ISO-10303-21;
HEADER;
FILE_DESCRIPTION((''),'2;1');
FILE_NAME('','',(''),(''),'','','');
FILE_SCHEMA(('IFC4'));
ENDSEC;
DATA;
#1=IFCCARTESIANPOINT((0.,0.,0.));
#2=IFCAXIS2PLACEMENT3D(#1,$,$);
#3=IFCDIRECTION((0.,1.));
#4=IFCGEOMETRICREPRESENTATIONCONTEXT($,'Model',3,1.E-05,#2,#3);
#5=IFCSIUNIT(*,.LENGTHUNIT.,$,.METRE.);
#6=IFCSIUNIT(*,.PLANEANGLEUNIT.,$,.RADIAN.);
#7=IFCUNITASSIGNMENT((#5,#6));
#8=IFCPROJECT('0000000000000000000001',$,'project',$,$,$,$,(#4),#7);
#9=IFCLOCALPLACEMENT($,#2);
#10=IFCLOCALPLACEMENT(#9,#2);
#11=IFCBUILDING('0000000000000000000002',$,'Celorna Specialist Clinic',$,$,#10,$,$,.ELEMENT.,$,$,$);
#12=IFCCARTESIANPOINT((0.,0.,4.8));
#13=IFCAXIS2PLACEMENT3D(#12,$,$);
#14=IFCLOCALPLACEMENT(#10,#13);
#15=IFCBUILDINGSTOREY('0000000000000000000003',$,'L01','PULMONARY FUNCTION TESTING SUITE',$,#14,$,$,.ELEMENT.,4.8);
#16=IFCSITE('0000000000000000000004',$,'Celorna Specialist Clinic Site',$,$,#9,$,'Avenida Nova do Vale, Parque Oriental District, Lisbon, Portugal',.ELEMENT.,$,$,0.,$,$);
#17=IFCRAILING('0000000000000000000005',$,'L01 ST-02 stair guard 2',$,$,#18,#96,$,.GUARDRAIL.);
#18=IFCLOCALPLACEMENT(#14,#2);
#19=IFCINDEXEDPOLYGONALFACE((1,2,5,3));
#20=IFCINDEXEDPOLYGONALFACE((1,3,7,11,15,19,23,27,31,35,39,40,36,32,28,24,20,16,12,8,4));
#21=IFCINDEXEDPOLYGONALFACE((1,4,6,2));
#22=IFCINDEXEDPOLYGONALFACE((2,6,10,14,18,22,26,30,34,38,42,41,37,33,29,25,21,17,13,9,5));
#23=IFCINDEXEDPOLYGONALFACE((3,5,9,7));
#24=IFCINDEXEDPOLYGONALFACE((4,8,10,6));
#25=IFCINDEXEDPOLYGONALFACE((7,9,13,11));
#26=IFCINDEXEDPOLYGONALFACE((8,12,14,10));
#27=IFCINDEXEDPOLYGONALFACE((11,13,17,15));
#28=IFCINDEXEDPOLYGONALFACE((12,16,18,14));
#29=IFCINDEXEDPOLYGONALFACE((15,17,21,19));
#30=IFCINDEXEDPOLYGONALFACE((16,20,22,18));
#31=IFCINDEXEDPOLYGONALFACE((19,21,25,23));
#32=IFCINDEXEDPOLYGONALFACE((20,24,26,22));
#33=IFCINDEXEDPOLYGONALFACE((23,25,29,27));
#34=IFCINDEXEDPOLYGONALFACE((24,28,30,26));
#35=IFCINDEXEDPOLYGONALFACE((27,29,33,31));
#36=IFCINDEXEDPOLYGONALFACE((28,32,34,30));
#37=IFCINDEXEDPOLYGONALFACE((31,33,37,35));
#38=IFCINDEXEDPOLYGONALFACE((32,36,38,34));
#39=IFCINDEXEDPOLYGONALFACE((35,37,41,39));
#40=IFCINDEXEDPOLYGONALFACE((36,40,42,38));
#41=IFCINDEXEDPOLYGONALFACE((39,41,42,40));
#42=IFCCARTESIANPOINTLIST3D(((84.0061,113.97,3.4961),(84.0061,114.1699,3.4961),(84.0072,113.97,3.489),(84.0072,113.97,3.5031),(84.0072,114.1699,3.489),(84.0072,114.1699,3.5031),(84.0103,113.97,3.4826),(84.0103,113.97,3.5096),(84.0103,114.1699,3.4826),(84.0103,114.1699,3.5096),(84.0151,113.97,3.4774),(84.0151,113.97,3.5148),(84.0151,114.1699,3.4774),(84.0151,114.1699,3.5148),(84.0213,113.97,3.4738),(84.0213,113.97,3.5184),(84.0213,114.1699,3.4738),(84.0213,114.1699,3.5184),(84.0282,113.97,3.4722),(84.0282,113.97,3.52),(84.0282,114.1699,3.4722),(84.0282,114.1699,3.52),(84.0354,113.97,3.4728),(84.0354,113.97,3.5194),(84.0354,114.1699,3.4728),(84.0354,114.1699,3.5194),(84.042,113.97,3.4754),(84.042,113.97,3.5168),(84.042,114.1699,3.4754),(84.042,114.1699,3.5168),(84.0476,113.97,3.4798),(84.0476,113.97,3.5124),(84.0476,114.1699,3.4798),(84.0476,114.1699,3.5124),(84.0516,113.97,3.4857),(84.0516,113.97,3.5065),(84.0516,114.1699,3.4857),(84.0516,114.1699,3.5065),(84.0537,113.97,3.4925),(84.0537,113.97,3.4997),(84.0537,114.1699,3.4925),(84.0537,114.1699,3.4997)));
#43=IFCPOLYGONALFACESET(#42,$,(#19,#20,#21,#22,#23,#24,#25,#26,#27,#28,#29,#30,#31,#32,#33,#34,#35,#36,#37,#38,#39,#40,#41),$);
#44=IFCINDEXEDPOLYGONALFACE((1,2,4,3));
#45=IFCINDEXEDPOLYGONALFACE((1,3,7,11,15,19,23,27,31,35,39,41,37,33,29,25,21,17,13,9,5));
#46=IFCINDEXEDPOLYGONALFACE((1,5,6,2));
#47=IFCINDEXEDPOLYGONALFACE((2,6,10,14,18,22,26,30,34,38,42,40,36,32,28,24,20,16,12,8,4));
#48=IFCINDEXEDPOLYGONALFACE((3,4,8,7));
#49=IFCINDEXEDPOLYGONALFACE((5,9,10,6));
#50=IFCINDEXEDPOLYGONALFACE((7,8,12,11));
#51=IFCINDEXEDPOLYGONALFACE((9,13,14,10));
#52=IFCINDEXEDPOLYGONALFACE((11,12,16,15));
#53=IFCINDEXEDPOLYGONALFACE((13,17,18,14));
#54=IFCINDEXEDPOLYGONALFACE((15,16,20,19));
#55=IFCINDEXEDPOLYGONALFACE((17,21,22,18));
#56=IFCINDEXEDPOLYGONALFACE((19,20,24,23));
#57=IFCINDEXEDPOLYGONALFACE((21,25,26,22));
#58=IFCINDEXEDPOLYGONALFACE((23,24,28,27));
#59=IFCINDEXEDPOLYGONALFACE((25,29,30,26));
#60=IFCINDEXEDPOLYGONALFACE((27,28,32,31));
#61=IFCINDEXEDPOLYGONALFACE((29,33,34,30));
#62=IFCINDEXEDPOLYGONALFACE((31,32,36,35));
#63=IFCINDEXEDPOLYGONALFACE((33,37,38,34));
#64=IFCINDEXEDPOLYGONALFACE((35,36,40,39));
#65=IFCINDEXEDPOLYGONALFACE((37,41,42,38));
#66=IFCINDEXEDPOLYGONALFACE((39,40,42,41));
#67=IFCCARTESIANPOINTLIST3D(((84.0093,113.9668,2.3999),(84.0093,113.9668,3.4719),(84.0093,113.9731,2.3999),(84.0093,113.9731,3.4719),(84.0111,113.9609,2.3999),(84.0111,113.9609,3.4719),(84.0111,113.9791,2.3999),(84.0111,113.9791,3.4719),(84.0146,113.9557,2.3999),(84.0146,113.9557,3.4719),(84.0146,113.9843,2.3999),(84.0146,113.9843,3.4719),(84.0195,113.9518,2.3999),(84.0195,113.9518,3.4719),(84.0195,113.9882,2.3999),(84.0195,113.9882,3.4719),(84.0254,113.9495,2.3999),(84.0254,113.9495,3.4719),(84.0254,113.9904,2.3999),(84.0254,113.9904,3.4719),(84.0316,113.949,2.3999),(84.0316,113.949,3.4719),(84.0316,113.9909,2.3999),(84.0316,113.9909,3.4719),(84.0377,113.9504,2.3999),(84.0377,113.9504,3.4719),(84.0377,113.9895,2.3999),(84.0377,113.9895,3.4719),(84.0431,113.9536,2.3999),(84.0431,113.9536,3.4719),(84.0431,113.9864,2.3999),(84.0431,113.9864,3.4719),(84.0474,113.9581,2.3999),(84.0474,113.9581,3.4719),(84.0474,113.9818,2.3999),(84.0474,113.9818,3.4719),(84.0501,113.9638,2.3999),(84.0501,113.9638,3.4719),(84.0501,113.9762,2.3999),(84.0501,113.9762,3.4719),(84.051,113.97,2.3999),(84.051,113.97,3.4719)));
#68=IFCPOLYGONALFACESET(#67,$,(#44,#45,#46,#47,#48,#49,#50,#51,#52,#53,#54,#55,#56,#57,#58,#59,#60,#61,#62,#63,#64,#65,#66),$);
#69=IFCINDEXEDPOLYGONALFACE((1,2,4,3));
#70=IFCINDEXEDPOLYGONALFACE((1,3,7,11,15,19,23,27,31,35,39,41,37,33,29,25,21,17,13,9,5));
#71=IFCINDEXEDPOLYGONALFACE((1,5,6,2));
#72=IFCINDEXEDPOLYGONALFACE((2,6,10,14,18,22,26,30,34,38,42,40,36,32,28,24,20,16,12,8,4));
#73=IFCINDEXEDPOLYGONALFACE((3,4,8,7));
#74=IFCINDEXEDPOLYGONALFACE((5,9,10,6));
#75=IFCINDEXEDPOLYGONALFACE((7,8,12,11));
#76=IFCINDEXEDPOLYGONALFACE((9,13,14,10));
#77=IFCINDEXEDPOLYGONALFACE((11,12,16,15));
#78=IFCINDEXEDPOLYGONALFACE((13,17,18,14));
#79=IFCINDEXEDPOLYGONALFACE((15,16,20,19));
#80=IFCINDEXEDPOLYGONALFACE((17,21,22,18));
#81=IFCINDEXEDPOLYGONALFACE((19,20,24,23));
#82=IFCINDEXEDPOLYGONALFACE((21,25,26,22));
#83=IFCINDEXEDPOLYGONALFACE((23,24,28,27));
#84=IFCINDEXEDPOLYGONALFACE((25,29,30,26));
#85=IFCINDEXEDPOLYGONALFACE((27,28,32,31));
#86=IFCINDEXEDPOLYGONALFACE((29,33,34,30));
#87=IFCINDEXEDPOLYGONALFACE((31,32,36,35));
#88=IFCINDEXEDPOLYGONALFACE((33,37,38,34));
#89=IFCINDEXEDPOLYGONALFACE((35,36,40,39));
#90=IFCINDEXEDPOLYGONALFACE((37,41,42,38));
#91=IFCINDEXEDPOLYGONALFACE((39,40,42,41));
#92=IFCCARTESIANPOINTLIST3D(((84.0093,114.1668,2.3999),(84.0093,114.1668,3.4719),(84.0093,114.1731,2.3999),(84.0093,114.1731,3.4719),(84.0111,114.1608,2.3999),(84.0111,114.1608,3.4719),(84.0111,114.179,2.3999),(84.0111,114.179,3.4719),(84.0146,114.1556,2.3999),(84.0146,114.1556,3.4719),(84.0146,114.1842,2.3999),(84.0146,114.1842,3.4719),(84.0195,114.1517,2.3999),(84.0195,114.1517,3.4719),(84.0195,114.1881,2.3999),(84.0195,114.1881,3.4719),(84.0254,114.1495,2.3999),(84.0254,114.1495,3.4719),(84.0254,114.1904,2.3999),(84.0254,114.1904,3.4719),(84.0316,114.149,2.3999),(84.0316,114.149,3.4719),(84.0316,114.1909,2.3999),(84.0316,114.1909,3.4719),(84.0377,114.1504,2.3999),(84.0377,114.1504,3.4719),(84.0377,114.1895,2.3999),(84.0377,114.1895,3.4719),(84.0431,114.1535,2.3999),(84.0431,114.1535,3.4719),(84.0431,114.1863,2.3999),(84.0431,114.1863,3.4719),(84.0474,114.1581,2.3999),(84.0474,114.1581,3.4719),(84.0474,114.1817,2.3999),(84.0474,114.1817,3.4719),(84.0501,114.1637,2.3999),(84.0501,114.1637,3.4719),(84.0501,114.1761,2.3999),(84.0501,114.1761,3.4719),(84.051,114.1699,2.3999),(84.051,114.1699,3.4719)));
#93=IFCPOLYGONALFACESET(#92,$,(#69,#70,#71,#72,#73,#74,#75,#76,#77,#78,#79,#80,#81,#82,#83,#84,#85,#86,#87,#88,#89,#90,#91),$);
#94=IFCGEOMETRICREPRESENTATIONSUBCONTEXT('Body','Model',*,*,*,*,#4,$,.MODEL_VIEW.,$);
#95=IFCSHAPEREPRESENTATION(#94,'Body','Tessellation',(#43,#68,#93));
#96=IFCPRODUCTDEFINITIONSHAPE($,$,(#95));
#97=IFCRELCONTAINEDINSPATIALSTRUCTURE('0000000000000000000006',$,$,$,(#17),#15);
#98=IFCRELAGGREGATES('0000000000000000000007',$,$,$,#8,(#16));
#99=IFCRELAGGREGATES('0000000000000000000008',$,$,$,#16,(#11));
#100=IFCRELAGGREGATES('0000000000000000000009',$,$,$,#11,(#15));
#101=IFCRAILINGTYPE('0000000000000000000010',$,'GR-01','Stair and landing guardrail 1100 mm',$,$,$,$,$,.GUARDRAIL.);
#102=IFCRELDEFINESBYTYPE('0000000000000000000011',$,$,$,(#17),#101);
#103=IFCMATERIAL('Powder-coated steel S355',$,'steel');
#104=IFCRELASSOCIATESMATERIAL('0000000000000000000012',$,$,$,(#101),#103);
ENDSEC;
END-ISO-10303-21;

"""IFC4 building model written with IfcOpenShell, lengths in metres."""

from ifc_helpers import new_model, si_unit, direction, frame, origin, origin_2d, place, context, subcontext, project, spatial, circle, extrude, material, type_object, element, save


model = new_model("IFC4")

# Units and contexts
model_context = context("Model", 3, precision=1e-05, world=origin(), true_north=direction((0.0, 1.0)))
body_context = subcontext(model_context, "Body", "Model", "MODEL_VIEW")
ifc_project = project(units=[si_unit("LENGTHUNIT", "METRE"), si_unit("PLANEANGLEUNIT", "RADIAN")], contexts=[model_context])

# Site, building, storey
site_placement = place(None, origin())
site = spatial("IfcSite", under=ifc_project, at=site_placement, Name="Celorna Specialist Clinic Site", LongName="Avenida Nova do Vale, Parque Oriental District, Lisbon, Portugal", CompositionType="ELEMENT", RefElevation=0.0)
building_placement = place(site_placement, origin())
building = spatial("IfcBuilding", under=site, at=building_placement, Name="Celorna Specialist Clinic", CompositionType="ELEMENT")
storey_placement = place(building_placement, frame((0.0, 0.0, 4.8)))
storey = spatial("IfcBuildingStorey", under=building, at=storey_placement, Name="L01", Description="PULMONARY FUNCTION TESTING SUITE", CompositionType="ELEMENT", Elevation=4.8)

# Railing
ifc_material_1 = material(Name="Powder-coated steel S355", Category="steel")
railing_type_1 = type_object("IfcRailingType", Name="GR-01", Description="Stair and landing guardrail 1100 mm", PredefinedType="GUARDRAIL", material=ifc_material_1)
railing_1_placement = place(storey_placement, frame((84.03, 113.97, 2.3999)))
element("IfcRailing", 1, at=railing_1_placement, inside=storey, type_object=railing_type_1, Name="L01 ST-02 stair guard 2", PredefinedType="GUARDRAIL", context=body_context, shape_type="SweptSolid", body=[
    extrude(circle(Radius=0.0239, at=origin_2d()), frame((0.0, 0.0, 1.0962), z_axis=(0.0, 1.0, 0.0), x_axis=(-1.0, 0.0, 0.0)), (0.0, 0.0, 1.0), 0.2),
    extrude(circle(Radius=0.021, at=origin_2d()), origin(), (0.0, 0.0, 1.0), 1.072),
    extrude(circle(Radius=0.021, at=origin_2d()), frame((0.0, 0.2, 0.0)), (0.0, 0.0, 1.0), 1.072),
])

save(model, "model.ifc")
